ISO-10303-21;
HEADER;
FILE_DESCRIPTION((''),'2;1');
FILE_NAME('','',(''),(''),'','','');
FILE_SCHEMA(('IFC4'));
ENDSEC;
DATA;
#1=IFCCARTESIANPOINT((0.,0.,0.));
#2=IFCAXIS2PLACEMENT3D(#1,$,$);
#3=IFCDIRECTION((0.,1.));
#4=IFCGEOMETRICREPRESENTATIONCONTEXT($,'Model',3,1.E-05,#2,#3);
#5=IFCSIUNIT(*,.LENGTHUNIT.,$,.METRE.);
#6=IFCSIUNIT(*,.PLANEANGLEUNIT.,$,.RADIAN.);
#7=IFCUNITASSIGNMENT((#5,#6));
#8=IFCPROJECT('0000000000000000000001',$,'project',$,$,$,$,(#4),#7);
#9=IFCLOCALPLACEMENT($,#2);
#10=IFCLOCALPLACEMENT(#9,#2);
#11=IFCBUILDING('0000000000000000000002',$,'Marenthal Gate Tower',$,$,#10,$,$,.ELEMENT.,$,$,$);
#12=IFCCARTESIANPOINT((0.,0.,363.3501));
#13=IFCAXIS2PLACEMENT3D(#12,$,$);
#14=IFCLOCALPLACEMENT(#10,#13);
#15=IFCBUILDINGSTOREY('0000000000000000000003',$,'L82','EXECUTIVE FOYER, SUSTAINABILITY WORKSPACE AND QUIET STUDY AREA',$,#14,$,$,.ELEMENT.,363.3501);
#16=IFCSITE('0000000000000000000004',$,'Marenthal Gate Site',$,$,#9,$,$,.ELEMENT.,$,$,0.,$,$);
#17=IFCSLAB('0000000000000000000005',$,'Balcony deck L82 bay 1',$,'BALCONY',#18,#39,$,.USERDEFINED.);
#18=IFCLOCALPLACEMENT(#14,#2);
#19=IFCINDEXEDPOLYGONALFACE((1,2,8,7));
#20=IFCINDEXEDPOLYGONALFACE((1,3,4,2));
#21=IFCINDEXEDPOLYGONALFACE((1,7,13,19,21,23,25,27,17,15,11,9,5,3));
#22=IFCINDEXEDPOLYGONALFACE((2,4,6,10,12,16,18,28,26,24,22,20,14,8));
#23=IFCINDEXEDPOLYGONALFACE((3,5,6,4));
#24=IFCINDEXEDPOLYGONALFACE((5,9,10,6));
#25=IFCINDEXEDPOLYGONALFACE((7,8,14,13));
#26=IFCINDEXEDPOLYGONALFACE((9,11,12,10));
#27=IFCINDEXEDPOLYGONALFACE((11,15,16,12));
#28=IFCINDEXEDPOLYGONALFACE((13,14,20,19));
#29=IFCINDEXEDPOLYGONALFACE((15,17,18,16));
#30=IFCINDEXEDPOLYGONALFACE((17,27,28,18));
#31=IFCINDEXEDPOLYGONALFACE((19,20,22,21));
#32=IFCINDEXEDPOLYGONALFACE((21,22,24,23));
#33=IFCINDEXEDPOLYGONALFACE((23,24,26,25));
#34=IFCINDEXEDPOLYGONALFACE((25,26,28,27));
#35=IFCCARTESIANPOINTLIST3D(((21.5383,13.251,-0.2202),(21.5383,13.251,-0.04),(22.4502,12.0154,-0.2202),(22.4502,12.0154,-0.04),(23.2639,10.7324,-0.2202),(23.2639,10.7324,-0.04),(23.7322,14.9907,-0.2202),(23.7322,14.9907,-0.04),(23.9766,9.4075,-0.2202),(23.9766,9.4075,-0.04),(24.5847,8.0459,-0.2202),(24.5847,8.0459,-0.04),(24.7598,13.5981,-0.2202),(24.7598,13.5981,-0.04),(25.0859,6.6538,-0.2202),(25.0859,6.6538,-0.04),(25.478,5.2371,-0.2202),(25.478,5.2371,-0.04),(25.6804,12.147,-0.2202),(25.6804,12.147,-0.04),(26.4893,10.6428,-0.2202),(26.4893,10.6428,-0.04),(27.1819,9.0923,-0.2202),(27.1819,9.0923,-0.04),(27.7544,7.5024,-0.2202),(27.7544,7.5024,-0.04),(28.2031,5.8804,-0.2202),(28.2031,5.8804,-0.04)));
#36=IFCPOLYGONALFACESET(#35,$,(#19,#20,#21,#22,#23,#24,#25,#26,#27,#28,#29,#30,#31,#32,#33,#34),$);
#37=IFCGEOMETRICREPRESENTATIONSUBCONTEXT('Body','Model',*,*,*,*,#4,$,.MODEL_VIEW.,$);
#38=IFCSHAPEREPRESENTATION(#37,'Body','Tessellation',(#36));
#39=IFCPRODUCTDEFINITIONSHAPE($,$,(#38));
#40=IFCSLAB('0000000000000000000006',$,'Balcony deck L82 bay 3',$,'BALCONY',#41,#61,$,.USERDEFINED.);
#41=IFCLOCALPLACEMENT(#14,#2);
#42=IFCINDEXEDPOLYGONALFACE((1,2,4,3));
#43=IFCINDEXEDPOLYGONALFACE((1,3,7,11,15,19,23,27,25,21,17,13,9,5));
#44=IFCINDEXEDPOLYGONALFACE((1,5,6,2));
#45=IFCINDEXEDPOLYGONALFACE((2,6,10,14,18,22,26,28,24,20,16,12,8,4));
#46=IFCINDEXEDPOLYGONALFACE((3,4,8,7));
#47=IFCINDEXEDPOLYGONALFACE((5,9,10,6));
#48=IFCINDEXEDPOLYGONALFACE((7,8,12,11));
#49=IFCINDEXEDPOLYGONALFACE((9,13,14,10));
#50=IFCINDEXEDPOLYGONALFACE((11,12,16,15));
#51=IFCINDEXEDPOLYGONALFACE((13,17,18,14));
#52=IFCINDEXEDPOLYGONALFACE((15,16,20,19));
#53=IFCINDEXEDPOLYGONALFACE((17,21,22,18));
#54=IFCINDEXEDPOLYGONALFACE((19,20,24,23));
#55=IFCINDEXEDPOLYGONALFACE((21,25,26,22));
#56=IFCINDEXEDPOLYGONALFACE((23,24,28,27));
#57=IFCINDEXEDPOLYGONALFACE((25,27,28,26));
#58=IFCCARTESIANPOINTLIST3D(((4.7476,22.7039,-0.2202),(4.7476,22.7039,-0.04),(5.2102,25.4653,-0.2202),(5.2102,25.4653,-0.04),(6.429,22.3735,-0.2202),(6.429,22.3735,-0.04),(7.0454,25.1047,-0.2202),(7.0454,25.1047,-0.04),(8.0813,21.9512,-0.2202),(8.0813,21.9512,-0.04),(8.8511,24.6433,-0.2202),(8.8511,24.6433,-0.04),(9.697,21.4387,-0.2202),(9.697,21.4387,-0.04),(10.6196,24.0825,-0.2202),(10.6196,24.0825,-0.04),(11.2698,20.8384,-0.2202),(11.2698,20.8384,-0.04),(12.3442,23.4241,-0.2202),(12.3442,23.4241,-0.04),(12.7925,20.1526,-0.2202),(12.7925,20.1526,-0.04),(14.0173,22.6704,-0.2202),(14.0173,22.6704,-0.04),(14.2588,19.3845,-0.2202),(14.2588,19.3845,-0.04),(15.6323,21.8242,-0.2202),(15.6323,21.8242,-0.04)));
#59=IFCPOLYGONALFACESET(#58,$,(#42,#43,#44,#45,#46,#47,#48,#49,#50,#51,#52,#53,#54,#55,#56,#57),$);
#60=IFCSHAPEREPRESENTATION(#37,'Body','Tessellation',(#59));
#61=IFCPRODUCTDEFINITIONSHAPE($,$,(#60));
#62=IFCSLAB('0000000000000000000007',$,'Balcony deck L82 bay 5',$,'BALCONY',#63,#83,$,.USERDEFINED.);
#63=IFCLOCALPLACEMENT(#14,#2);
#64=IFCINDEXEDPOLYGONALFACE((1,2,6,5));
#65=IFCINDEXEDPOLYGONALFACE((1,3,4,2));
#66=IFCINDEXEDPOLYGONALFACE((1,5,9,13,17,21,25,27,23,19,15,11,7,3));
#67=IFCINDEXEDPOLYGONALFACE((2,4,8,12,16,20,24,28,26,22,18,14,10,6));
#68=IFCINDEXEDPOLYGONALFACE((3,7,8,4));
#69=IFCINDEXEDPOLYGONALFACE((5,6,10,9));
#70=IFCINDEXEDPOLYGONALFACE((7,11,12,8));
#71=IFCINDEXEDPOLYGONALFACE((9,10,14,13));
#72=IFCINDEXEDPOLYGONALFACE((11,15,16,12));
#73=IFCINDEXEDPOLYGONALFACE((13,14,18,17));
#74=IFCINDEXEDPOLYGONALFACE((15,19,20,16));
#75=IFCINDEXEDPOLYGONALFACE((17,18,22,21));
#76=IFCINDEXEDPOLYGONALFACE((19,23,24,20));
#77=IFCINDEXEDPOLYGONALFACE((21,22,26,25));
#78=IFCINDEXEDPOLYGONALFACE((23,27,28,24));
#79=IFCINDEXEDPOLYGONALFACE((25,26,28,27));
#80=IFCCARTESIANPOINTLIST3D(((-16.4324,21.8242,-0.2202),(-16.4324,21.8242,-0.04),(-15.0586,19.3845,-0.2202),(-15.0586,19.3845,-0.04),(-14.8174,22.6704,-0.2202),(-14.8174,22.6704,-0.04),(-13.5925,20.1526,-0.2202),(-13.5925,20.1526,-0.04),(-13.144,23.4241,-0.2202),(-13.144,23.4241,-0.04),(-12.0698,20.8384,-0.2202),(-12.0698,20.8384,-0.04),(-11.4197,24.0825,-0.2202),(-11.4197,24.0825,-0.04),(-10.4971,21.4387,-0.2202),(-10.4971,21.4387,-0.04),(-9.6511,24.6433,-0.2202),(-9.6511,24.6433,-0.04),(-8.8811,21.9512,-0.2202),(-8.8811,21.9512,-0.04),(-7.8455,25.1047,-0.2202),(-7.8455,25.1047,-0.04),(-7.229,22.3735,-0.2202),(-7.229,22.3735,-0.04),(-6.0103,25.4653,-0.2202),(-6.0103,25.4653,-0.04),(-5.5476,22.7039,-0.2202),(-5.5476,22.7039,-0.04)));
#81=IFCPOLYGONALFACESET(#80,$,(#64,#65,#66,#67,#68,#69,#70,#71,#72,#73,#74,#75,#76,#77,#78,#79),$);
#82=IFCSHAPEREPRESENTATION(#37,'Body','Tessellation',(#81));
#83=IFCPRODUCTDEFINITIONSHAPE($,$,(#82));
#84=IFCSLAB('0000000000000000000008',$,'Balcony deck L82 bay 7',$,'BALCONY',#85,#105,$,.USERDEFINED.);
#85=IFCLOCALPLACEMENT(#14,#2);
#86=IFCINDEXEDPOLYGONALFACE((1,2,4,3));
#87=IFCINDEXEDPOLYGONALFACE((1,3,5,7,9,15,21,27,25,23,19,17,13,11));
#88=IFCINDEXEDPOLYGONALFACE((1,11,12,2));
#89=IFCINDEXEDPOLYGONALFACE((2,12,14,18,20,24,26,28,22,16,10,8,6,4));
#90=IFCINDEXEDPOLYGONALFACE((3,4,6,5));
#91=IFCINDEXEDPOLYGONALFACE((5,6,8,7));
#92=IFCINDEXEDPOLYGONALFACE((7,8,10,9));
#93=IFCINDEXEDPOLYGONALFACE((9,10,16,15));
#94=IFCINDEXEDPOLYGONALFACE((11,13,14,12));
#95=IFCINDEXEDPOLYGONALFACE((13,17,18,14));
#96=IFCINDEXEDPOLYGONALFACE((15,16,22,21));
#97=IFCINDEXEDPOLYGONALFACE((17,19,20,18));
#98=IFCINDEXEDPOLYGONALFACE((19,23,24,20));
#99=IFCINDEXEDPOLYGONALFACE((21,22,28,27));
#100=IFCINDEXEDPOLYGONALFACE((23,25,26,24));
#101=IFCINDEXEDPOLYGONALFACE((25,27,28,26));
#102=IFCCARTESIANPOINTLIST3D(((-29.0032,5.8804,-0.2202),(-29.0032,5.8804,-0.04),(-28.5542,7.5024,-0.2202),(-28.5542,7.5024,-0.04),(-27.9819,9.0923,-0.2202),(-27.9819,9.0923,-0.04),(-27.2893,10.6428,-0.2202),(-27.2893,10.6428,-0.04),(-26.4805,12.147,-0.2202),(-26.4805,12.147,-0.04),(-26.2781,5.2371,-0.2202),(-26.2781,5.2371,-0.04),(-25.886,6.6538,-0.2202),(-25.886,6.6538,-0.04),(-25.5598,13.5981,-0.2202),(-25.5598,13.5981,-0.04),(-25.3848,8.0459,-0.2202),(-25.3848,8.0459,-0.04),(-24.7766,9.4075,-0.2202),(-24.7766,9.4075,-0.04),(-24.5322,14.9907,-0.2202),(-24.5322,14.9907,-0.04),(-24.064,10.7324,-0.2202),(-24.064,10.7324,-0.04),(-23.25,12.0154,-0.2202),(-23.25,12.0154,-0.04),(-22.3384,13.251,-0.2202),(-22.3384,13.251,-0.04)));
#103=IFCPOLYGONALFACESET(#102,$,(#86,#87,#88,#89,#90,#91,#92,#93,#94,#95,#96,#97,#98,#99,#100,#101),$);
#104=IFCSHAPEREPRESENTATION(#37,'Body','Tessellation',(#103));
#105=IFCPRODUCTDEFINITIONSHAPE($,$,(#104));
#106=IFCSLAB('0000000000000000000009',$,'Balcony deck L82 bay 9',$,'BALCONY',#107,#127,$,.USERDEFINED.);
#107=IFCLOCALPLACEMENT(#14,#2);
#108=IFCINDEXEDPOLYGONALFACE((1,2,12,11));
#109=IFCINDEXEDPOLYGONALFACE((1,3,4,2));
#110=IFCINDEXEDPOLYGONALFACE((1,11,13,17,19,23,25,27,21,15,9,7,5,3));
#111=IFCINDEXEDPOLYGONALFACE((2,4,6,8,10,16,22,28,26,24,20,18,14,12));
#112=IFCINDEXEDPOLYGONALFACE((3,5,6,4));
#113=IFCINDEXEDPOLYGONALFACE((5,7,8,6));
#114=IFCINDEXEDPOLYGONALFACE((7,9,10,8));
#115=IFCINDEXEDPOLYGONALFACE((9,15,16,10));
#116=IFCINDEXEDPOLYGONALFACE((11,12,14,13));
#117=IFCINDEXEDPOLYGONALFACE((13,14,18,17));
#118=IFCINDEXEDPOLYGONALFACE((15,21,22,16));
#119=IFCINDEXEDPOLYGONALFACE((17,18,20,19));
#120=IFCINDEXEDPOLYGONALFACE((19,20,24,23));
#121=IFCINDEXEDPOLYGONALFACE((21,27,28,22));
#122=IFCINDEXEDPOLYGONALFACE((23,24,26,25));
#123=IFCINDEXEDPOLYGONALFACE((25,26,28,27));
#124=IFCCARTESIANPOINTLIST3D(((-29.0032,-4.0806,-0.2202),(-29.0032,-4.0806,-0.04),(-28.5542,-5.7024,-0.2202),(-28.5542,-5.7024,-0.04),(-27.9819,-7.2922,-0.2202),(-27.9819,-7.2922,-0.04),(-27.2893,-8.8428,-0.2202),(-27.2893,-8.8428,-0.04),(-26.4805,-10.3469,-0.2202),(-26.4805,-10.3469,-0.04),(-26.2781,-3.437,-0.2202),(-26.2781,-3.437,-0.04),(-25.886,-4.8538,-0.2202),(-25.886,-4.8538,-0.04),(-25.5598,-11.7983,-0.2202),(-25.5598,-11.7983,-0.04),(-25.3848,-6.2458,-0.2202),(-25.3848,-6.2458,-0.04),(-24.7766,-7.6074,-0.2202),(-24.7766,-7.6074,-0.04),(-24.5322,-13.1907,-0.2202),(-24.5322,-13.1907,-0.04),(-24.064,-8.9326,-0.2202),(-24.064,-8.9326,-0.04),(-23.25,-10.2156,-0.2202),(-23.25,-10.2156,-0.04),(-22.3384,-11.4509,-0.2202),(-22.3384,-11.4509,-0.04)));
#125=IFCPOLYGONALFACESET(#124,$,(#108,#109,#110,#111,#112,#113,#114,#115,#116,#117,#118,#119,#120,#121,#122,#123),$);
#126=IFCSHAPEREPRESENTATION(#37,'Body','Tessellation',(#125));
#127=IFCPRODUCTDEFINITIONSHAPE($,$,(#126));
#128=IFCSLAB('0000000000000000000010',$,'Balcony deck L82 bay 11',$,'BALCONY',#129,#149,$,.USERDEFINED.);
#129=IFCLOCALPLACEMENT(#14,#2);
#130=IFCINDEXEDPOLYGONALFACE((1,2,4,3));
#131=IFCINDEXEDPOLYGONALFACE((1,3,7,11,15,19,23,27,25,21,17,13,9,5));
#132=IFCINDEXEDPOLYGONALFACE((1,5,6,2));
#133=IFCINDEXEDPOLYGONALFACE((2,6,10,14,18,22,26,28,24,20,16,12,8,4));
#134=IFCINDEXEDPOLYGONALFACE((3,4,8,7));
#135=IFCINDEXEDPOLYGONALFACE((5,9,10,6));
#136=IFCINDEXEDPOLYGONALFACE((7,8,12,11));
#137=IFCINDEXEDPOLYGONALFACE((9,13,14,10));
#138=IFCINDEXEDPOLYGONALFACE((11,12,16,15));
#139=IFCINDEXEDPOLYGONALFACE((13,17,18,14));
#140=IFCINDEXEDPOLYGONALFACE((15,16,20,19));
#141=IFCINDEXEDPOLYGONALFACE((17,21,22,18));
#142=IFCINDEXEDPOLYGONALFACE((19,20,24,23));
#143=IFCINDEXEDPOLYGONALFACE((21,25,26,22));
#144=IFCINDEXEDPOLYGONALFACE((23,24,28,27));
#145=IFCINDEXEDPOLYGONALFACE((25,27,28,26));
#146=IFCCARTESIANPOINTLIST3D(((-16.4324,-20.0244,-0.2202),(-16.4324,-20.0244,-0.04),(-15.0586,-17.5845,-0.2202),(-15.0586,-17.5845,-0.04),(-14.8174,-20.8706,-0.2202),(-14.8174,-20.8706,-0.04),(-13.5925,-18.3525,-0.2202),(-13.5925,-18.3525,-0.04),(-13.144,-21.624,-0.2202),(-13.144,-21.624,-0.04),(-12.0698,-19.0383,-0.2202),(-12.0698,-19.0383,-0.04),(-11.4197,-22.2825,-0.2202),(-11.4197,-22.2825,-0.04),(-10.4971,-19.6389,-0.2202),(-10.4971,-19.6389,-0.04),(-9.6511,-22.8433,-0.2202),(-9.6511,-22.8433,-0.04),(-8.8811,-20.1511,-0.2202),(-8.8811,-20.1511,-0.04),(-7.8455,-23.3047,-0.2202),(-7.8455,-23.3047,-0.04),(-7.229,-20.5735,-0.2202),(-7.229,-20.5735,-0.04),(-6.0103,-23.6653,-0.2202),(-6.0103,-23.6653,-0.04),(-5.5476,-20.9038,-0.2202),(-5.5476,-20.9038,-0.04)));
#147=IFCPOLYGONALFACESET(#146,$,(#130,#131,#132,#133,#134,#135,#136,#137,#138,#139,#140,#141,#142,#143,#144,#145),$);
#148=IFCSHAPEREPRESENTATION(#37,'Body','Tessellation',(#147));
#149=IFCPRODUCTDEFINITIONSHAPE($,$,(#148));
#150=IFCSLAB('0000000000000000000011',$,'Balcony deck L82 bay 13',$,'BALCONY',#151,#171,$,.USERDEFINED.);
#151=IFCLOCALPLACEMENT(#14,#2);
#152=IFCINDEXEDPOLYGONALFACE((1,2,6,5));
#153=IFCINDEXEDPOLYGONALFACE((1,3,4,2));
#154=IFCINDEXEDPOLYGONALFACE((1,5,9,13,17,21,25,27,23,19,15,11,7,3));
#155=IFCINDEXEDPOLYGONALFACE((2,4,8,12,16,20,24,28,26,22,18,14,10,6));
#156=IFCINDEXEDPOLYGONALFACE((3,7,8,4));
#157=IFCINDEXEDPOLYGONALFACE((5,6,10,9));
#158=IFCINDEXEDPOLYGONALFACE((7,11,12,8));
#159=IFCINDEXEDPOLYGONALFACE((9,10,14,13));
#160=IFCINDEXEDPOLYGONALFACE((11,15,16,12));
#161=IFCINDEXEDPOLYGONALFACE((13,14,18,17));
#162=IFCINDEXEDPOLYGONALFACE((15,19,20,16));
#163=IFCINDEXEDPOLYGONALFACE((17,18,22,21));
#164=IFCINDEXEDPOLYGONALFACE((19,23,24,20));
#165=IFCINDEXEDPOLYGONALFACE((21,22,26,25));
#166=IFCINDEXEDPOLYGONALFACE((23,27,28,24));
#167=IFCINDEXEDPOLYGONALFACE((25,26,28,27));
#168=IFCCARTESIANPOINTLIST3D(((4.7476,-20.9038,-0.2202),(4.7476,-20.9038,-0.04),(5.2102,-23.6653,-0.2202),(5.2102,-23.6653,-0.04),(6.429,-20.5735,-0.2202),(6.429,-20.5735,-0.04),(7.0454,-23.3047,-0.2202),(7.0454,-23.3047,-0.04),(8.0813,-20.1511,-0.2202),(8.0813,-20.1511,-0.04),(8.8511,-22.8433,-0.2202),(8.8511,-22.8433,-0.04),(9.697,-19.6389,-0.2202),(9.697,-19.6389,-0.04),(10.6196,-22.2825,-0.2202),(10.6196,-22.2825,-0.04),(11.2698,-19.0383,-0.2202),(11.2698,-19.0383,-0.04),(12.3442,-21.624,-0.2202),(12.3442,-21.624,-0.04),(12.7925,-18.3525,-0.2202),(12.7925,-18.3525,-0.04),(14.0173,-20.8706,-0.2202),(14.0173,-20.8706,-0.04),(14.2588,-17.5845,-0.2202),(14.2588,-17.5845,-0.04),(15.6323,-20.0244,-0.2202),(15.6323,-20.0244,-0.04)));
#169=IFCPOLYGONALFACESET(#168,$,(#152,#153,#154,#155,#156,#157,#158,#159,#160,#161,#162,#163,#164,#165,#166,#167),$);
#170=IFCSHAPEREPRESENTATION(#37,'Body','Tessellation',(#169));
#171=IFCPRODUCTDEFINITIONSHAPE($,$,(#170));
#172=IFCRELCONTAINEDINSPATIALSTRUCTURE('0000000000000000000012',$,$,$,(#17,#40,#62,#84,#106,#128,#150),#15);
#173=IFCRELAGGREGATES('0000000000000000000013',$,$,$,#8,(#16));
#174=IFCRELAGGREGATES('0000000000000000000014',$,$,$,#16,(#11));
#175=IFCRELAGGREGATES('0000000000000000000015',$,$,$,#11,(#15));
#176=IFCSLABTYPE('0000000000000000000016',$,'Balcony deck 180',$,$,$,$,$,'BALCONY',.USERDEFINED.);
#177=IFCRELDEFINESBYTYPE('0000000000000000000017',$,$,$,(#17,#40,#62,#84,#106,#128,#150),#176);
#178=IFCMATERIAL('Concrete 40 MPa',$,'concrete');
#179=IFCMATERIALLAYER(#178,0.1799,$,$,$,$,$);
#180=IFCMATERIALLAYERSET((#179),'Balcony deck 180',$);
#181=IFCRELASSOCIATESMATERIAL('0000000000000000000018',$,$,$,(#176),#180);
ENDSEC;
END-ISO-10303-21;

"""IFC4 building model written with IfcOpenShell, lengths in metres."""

from ifc_helpers import new_model, si_unit, direction, frame, origin, place, context, subcontext, project, spatial, polyline, outline, extrude, material, layer, layer_set, type_object, element, save


model = new_model("IFC4")

# Units and contexts
model_context = context("Model", 3, precision=1e-05, world=origin(), true_north=direction((0.0, 1.0)))
body_context = subcontext(model_context, "Body", "Model", "MODEL_VIEW")
ifc_project = project(units=[si_unit("LENGTHUNIT", "METRE"), si_unit("PLANEANGLEUNIT", "RADIAN")], contexts=[model_context])

# Site, building, storey
site_placement = place(None, origin())
site = spatial("IfcSite", under=ifc_project, at=site_placement, Name="Marenthal Gate Site", CompositionType="ELEMENT", RefElevation=0.0)
building_placement = place(site_placement, origin())
building = spatial("IfcBuilding", under=site, at=building_placement, Name="Marenthal Gate Tower", CompositionType="ELEMENT")
storey_placement = place(building_placement, frame((0.0, 0.0, 363.3501)))
storey = spatial("IfcBuildingStorey", under=building, at=storey_placement, Name="L82", Description="EXECUTIVE FOYER, SUSTAINABILITY WORKSPACE AND QUIET STUDY AREA", CompositionType="ELEMENT", Elevation=363.3501)

# Slabs
ifc_material_1 = material(Name="Concrete 40 MPa", Category="concrete")
ifc_layer_1 = layer(ifc_material_1, 0.1799)
ifc_layer_set_1 = layer_set([ifc_layer_1], Name="Balcony deck 180")
slab_type_1 = type_object("IfcSlabType", Name="Balcony deck 180", ElementType="BALCONY", PredefinedType="USERDEFINED", material=ifc_layer_set_1)
slab_1_placement = place(storey_placement, frame((0.0, 0.0, -0.2202)))
element("IfcSlab", 1, at=slab_1_placement, inside=storey, type_object=slab_type_1, Name="Balcony deck L82 bay 1", ObjectType="BALCONY", PredefinedType="USERDEFINED", context=body_context, shape_type="SweptSolid", body=[
    extrude(outline(polyline([(25.478, 5.2371), (25.0859, 6.6538), (24.5847, 8.0459), (23.9766, 9.4075), (23.2639, 10.7324), (22.4502, 12.0154), (21.5383, 13.251), (23.7322, 14.9907), (24.7598, 13.5981), (25.6804, 12.147), (26.4893, 10.6428), (27.1819, 9.0923), (27.7544, 7.5024), (28.2031, 5.8804), (25.478, 5.2371)])), origin(), (0.0, 0.0, 1.0), 0.1802),
])
slab_2_placement = place(storey_placement, frame((0.0, 0.0, -0.2202)))
element("IfcSlab", 2, at=slab_2_placement, inside=storey, type_object=slab_type_1, Name="Balcony deck L82 bay 3", ObjectType="BALCONY", PredefinedType="USERDEFINED", context=body_context, shape_type="SweptSolid", body=[
    extrude(outline(polyline([(14.2588, 19.3845), (12.7925, 20.1526), (11.2698, 20.8384), (9.697, 21.4387), (8.0813, 21.9512), (6.429, 22.3735), (4.7476, 22.7039), (5.2102, 25.4653), (7.0454, 25.1047), (8.8511, 24.6433), (10.6196, 24.0825), (12.3442, 23.4241), (14.0173, 22.6704), (15.6323, 21.8242), (14.2588, 19.3845)])), origin(), (0.0, 0.0, 1.0), 0.1802),
])
slab_3_placement = place(storey_placement, frame((0.0, 0.0, -0.2202)))
element("IfcSlab", 3, at=slab_3_placement, inside=storey, type_object=slab_type_1, Name="Balcony deck L82 bay 5", ObjectType="BALCONY", PredefinedType="USERDEFINED", context=body_context, shape_type="SweptSolid", body=[
    extrude(outline(polyline([(-5.5476, 22.7039), (-7.229, 22.3735), (-8.8811, 21.9512), (-10.4971, 21.4387), (-12.0698, 20.8384), (-13.5925, 20.1526), (-15.0586, 19.3845), (-16.4324, 21.8242), (-14.8174, 22.6704), (-13.144, 23.4241), (-11.4197, 24.0825), (-9.6511, 24.6433), (-7.8455, 25.1047), (-6.0103, 25.4653), (-5.5476, 22.7039)])), origin(), (0.0, 0.0, 1.0), 0.1802),
])
slab_4_placement = place(storey_placement, frame((0.0, 0.0, -0.2202)))
element("IfcSlab", 4, at=slab_4_placement, inside=storey, type_object=slab_type_1, Name="Balcony deck L82 bay 7", ObjectType="BALCONY", PredefinedType="USERDEFINED", context=body_context, shape_type="SweptSolid", body=[
    extrude(outline(polyline([(-22.3384, 13.251), (-23.25, 12.0154), (-24.064, 10.7324), (-24.7766, 9.4075), (-25.3848, 8.0459), (-25.886, 6.6538), (-26.2781, 5.2371), (-29.0032, 5.8804), (-28.5542, 7.5024), (-27.9819, 9.0923), (-27.2893, 10.6428), (-26.4805, 12.147), (-25.5598, 13.5981), (-24.5322, 14.9907), (-22.3384, 13.251)])), origin(), (0.0, 0.0, 1.0), 0.1802),
])
slab_5_placement = place(storey_placement, frame((0.0, 0.0, -0.2202)))
element("IfcSlab", 5, at=slab_5_placement, inside=storey, type_object=slab_type_1, Name="Balcony deck L82 bay 9", ObjectType="BALCONY", PredefinedType="USERDEFINED", context=body_context, shape_type="SweptSolid", body=[
    extrude(outline(polyline([(-26.2781, -3.437), (-25.886, -4.8538), (-25.3848, -6.2458), (-24.7766, -7.6074), (-24.064, -8.9326), (-23.25, -10.2156), (-22.3384, -11.4509), (-24.5322, -13.1907), (-25.5598, -11.7983), (-26.4805, -10.3469), (-27.2893, -8.8428), (-27.9819, -7.2922), (-28.5542, -5.7024), (-29.0032, -4.0806), (-26.2781, -3.437)])), origin(), (0.0, 0.0, 1.0), 0.1802),
])
slab_6_placement = place(storey_placement, frame((0.0, 0.0, -0.2202)))
element("IfcSlab", 6, at=slab_6_placement, inside=storey, type_object=slab_type_1, Name="Balcony deck L82 bay 11", ObjectType="BALCONY", PredefinedType="USERDEFINED", context=body_context, shape_type="SweptSolid", body=[
    extrude(outline(polyline([(-15.0586, -17.5845), (-13.5925, -18.3525), (-12.0698, -19.0383), (-10.4971, -19.6389), (-8.8811, -20.1511), (-7.229, -20.5735), (-5.5476, -20.9038), (-6.0103, -23.6653), (-7.8455, -23.3047), (-9.6511, -22.8433), (-11.4197, -22.2825), (-13.144, -21.624), (-14.8174, -20.8706), (-16.4324, -20.0244), (-15.0586, -17.5845)])), origin(), (0.0, 0.0, 1.0), 0.1802),
])
slab_7_placement = place(storey_placement, frame((0.0, 0.0, -0.2202)))
element("IfcSlab", 7, at=slab_7_placement, inside=storey, type_object=slab_type_1, Name="Balcony deck L82 bay 13", ObjectType="BALCONY", PredefinedType="USERDEFINED", context=body_context, shape_type="SweptSolid", body=[
    extrude(outline(polyline([(4.7476, -20.9038), (6.429, -20.5735), (8.0813, -20.1511), (9.697, -19.6389), (11.2698, -19.0383), (12.7925, -18.3525), (14.2588, -17.5845), (15.6323, -20.0244), (14.0173, -20.8706), (12.3442, -21.624), (10.6196, -22.2825), (8.8511, -22.8433), (7.0454, -23.3047), (5.2102, -23.6653), (4.7476, -20.9038)])), origin(), (0.0, 0.0, 1.0), 0.1802),
])

save(model, "model.ifc")
